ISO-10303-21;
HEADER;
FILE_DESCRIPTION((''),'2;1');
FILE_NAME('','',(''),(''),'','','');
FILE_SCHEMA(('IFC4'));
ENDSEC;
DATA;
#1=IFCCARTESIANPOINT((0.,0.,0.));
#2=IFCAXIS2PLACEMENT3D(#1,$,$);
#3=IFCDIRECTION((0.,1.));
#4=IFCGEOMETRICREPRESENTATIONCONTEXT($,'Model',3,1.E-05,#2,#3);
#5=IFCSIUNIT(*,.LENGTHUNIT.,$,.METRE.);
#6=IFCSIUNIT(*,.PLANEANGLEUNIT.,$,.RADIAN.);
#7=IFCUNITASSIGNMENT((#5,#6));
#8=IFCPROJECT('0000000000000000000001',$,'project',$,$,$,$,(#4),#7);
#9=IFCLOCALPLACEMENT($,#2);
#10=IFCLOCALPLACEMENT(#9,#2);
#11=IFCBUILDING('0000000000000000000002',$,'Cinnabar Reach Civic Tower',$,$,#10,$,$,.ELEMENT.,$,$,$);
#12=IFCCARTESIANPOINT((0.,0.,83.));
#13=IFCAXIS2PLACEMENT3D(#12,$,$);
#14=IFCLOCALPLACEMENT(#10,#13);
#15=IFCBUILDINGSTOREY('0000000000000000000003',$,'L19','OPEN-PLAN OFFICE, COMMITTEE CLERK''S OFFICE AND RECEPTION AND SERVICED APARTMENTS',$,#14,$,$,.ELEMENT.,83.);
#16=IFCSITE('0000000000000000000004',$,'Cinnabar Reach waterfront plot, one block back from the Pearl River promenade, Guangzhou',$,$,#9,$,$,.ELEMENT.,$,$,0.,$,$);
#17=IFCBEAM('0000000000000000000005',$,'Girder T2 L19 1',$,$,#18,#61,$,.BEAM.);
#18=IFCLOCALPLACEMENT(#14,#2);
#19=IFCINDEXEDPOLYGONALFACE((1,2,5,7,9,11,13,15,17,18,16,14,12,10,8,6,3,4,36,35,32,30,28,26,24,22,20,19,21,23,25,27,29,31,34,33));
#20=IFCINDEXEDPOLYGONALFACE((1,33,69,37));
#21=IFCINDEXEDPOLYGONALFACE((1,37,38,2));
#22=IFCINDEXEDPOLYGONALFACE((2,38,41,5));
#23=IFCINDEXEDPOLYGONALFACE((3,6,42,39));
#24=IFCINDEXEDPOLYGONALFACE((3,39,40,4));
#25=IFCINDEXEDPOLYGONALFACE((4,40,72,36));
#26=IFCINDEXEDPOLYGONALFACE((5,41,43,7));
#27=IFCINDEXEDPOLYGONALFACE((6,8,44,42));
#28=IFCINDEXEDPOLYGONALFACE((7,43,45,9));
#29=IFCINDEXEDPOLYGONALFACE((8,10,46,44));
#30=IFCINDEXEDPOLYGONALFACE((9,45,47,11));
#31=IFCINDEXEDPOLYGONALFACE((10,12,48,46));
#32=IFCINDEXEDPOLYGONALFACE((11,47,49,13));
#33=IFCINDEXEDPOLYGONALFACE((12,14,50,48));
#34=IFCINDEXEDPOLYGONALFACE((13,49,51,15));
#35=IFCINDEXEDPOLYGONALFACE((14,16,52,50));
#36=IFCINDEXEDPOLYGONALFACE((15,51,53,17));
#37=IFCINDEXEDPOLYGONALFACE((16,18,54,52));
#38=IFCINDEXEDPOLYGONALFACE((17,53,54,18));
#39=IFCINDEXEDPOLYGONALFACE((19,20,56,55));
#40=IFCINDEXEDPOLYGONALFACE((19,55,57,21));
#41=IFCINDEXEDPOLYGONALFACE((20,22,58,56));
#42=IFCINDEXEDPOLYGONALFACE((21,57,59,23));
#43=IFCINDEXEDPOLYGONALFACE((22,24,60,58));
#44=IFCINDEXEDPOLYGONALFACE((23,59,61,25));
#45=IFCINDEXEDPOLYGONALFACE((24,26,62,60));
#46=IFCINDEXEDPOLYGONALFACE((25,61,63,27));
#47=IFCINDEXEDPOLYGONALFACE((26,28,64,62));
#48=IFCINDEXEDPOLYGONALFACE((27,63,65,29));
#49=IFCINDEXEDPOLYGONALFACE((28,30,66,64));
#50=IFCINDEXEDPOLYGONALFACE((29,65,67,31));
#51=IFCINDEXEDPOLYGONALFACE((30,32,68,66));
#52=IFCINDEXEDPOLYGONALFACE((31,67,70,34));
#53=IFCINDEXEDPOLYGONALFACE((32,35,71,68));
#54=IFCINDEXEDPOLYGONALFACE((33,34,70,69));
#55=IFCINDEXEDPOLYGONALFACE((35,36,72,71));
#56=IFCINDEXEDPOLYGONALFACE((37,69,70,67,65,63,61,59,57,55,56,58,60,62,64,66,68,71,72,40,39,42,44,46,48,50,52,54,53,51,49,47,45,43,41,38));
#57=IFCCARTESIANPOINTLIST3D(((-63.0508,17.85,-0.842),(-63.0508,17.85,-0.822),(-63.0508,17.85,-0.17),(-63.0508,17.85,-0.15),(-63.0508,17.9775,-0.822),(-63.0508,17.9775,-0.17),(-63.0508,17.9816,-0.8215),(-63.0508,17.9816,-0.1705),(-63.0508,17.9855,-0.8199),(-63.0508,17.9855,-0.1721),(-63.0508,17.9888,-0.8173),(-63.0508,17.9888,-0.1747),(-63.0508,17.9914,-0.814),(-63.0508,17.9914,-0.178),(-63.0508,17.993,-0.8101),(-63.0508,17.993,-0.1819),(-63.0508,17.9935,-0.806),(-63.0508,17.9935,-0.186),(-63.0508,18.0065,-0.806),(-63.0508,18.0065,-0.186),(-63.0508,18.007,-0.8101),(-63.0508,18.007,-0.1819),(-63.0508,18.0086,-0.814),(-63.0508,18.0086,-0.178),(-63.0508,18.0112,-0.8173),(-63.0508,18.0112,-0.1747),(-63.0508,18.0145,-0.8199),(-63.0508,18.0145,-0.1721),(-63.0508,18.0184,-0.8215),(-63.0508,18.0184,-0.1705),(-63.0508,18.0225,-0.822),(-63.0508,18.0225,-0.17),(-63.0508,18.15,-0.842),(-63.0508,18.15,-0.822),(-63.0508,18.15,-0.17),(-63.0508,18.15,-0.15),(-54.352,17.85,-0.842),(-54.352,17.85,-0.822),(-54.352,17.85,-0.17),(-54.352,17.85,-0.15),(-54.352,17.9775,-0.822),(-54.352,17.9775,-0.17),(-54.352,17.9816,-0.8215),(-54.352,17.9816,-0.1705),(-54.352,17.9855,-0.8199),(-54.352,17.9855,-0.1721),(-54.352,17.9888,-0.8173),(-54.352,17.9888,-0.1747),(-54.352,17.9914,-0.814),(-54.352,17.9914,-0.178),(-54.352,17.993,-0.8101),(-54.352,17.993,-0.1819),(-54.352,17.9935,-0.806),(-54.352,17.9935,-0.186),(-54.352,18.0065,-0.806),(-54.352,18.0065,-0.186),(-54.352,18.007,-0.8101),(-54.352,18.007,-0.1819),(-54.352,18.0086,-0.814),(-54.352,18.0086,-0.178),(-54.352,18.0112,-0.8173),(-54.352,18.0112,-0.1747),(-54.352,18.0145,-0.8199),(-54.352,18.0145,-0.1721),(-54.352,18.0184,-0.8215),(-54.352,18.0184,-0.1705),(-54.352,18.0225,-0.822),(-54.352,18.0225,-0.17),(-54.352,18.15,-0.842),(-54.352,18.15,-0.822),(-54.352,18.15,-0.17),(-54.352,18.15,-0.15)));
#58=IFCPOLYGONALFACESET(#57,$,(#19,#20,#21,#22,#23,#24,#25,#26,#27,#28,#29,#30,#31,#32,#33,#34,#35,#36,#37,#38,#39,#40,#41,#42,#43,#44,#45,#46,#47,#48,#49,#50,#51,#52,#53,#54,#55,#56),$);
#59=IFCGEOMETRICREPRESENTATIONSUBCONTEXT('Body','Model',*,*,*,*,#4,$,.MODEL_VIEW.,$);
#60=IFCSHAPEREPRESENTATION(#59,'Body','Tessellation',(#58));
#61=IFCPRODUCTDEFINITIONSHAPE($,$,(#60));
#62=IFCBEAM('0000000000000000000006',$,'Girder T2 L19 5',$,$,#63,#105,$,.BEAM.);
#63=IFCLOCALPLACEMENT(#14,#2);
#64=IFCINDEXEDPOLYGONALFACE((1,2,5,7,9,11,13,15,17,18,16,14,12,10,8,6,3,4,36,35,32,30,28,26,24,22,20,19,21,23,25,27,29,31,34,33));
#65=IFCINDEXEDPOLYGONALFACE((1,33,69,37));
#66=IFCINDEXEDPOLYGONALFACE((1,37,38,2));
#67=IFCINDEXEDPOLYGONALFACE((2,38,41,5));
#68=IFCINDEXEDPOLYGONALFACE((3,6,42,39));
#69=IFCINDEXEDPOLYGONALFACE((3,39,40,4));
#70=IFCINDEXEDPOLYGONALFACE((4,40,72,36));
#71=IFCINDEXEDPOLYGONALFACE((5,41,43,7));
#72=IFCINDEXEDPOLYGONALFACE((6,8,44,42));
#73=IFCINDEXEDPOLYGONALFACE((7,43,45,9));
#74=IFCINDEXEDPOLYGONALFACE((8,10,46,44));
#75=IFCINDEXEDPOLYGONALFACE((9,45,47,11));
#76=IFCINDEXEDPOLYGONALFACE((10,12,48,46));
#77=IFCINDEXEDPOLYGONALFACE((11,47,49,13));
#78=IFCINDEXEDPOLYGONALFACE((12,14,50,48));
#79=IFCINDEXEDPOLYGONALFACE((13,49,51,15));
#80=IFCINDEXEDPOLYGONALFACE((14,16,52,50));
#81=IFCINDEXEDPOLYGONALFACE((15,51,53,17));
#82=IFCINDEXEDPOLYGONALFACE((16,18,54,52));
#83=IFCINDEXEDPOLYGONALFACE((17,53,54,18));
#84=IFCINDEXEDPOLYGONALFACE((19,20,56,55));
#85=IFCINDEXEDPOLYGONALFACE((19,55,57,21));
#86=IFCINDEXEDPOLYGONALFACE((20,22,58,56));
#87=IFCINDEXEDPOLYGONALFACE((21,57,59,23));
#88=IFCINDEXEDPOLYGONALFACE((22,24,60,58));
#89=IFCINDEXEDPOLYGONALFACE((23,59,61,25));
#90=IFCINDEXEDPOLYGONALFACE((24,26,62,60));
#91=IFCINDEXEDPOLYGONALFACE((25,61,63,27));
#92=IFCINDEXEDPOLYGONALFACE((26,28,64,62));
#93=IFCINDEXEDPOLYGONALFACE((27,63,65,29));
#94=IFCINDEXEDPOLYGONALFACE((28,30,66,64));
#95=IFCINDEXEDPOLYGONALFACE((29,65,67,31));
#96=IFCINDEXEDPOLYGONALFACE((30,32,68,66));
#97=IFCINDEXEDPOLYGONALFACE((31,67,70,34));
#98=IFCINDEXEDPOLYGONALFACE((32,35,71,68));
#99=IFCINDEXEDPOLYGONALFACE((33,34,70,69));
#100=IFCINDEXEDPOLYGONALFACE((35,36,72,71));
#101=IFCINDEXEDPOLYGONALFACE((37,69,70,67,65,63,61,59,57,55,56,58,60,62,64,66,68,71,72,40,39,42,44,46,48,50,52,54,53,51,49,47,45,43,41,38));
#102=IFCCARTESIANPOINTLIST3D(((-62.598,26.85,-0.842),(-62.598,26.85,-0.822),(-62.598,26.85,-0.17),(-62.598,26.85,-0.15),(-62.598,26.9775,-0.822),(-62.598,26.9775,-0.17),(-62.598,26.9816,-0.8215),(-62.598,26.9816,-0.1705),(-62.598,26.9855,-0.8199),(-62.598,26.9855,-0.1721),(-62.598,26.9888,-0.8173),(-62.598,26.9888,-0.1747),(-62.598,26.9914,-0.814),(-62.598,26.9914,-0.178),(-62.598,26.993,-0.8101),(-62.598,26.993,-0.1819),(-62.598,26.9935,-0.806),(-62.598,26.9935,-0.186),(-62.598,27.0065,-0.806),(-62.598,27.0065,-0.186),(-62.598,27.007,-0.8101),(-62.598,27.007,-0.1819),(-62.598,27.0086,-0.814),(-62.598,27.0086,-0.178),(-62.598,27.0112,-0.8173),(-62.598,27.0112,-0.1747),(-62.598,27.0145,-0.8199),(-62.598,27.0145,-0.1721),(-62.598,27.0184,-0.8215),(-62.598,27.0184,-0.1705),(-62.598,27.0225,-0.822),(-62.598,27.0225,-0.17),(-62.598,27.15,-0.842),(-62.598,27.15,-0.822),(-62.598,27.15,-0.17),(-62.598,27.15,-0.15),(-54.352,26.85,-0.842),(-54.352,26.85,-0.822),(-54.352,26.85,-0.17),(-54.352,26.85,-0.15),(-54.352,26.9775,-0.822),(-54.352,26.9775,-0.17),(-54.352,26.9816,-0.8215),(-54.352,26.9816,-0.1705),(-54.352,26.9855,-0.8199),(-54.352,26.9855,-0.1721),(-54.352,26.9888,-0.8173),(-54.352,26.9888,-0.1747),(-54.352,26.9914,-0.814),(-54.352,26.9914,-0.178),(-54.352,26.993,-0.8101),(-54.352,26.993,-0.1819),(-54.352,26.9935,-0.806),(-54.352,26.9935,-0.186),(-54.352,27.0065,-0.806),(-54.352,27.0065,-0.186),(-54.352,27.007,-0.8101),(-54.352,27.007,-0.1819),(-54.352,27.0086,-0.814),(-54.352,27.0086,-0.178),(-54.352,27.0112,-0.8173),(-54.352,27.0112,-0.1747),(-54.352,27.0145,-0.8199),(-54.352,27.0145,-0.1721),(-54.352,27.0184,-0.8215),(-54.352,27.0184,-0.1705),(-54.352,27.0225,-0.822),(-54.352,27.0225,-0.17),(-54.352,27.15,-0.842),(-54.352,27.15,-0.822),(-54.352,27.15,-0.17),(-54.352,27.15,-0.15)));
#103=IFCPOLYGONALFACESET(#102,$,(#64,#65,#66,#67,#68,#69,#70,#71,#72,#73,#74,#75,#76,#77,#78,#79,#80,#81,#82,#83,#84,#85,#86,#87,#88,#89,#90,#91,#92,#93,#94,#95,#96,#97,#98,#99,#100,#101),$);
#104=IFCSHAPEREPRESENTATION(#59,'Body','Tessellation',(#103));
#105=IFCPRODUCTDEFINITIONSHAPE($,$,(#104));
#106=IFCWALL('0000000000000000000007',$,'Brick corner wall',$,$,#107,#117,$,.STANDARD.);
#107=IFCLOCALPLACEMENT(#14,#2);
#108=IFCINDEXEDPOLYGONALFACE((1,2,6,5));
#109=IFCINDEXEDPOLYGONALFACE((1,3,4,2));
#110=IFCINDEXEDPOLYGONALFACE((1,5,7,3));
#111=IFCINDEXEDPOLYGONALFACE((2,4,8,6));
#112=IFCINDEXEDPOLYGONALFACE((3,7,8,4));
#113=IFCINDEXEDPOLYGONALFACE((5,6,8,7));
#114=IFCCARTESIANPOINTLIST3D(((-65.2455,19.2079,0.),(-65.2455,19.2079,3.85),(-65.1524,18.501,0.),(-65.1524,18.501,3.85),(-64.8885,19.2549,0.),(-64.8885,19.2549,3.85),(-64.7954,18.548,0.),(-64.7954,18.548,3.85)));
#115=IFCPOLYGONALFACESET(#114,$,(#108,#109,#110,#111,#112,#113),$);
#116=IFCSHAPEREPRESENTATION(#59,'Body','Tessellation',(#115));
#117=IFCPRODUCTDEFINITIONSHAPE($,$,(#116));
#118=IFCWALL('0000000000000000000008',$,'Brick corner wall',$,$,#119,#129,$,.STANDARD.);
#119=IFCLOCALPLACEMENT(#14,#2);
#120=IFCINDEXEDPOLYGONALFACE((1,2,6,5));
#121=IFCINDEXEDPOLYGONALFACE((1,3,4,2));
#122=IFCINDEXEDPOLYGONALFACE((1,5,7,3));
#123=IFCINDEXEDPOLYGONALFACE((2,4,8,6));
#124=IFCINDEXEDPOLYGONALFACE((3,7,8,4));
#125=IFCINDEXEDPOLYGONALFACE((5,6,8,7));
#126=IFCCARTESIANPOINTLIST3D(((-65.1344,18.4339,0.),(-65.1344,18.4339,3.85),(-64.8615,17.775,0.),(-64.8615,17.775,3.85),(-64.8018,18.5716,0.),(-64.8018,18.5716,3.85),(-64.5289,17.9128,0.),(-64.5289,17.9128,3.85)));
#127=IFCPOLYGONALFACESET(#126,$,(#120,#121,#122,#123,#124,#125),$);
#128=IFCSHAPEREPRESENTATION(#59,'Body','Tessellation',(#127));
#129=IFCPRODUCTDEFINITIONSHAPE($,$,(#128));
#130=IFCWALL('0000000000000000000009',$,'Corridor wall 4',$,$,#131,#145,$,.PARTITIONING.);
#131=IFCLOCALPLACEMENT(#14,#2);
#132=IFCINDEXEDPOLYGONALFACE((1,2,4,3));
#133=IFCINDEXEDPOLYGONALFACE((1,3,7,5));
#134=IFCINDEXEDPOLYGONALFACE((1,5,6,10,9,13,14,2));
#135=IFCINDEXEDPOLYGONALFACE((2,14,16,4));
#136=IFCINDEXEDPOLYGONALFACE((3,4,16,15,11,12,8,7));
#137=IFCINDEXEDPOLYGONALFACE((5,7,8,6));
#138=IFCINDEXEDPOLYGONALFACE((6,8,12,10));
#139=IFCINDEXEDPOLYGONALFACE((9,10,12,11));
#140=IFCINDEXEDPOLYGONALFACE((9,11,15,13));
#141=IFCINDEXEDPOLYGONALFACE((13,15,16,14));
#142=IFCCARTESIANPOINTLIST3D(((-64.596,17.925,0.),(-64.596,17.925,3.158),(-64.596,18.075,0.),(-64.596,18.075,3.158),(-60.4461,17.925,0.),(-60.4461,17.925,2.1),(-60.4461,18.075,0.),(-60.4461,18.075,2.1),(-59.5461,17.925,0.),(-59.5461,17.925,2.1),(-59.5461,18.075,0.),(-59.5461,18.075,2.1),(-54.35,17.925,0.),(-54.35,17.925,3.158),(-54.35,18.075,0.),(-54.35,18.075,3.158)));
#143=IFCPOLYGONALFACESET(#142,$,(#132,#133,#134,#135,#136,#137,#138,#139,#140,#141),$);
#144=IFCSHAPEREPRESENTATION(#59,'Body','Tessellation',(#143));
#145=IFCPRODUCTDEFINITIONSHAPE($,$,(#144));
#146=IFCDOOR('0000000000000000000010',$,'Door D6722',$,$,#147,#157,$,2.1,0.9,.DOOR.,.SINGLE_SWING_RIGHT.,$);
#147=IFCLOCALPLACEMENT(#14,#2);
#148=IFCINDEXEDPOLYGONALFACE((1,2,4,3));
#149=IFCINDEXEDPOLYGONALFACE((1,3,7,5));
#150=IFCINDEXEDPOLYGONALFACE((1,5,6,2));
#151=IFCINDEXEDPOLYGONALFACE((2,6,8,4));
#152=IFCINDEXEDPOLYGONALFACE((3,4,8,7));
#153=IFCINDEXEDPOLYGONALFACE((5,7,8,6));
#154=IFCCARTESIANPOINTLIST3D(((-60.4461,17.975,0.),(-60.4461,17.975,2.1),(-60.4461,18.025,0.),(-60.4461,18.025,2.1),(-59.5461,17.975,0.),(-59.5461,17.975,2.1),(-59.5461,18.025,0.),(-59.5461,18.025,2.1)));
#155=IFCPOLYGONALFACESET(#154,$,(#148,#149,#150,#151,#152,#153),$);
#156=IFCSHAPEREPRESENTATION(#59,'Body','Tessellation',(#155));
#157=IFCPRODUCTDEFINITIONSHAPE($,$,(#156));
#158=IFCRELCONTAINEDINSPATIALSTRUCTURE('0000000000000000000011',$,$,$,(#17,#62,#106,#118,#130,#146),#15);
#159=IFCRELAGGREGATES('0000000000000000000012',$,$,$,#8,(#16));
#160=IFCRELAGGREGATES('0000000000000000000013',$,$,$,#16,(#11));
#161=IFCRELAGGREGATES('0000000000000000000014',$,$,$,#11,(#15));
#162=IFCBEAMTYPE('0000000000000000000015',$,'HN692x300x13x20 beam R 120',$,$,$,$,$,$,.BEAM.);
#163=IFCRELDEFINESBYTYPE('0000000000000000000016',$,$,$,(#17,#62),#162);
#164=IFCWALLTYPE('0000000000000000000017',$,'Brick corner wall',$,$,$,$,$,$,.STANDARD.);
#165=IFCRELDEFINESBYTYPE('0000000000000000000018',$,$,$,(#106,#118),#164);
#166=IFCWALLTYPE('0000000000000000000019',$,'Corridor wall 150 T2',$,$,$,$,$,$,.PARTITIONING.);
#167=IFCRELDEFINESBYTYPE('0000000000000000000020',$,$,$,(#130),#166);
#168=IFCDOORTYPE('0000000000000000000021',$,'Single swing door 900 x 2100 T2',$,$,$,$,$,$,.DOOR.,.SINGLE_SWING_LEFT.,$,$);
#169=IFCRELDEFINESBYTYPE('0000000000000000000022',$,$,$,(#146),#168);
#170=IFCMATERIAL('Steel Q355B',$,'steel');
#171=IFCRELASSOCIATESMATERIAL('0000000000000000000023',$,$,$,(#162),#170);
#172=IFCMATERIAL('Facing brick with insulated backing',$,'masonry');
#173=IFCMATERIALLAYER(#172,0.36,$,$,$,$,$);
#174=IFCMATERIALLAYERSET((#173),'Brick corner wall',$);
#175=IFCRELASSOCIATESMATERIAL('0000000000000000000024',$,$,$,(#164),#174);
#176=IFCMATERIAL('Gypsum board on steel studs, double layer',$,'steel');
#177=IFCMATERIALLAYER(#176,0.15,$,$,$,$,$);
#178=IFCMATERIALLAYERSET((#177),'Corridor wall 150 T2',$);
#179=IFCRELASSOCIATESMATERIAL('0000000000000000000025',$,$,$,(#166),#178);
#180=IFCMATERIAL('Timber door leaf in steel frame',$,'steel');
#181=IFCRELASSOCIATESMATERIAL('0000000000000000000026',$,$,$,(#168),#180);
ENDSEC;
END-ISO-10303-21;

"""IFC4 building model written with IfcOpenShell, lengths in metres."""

from ifc_helpers import new_model, si_unit, direction, frame, frame_2d, origin, origin_2d, place, context, subcontext, project, spatial, rectangle, i_section, extrude, material, layer, layer_set, material_profile, profile_set, type_object, element, fill, save


model = new_model("IFC4")

# Units and contexts
model_context = context("Model", 3, precision=1e-05, world=origin(), true_north=direction((0.0, 1.0)))
body_context = subcontext(model_context, "Body", "Model", "MODEL_VIEW")
ifc_project = project(units=[si_unit("LENGTHUNIT", "METRE"), si_unit("PLANEANGLEUNIT", "RADIAN")], contexts=[model_context])

# Site, building, storey
site_placement = place(None, origin())
site = spatial("IfcSite", under=ifc_project, at=site_placement, Name="Cinnabar Reach waterfront plot, one block back from the Pearl River promenade, Guangzhou", CompositionType="ELEMENT", RefElevation=0.0)
building_placement = place(site_placement, origin())
building = spatial("IfcBuilding", under=site, at=building_placement, Name="Cinnabar Reach Civic Tower", CompositionType="ELEMENT")
storey_placement = place(building_placement, frame((0.0, 0.0, 83.0)))
storey = spatial("IfcBuildingStorey", under=building, at=storey_placement, Name="L19", Description="OPEN-PLAN OFFICE, COMMITTEE CLERK'S OFFICE AND RECEPTION AND SERVICED APARTMENTS", CompositionType="ELEMENT", Elevation=83.0)

# Beams
ifc_material_1 = material(Name="Steel Q355B", Category="steel")
ifc_material_profile_1 = material_profile(ifc_material_1, i_section(OverallWidth=0.3, OverallDepth=0.692, WebThickness=0.013, FlangeThickness=0.02, FilletRadius=0.016, at=origin_2d()), Name="HN692x300x13x20")
ifc_profile_set_1 = profile_set([ifc_material_profile_1], Name="Steel Q355B")
beam_type_1 = type_object("IfcBeamType", Name="HN692x300x13x20 beam R 120", PredefinedType="BEAM", material=ifc_profile_set_1)
beam_1_placement = place(storey_placement, frame((-63.0508, 18.0, -0.496), z_axis=(1.0, 0.0, 0.0), x_axis=(0.0, 1.0, 0.0)))
element("IfcBeam", 1, at=beam_1_placement, inside=storey, type_object=beam_type_1, Name="Girder T2 L19 1", PredefinedType="BEAM", context=body_context, shape_type="SweptSolid", body=[
    extrude(i_section(OverallWidth=0.3, OverallDepth=0.692, WebThickness=0.013, FlangeThickness=0.02, FilletRadius=0.016, at=origin_2d()), origin(), (0.0, 0.0, 1.0), 8.6988),
])
beam_2_placement = place(storey_placement, frame((-62.598, 27.0, -0.496), z_axis=(1.0, 0.0, 0.0), x_axis=(0.0, 1.0, 0.0)))
element("IfcBeam", 2, at=beam_2_placement, inside=storey, type_object=beam_type_1, Name="Girder T2 L19 5", PredefinedType="BEAM", context=body_context, shape_type="SweptSolid", body=[
    extrude(i_section(OverallWidth=0.3, OverallDepth=0.692, WebThickness=0.013, FlangeThickness=0.02, FilletRadius=0.016, at=origin_2d()), origin(), (0.0, 0.0, 1.0), 8.246),
])

# Walls
ifc_material_2 = material(Name="Facing brick with insulated backing", Category="masonry")
ifc_layer_1 = layer(ifc_material_2, 0.36)
ifc_layer_set_1 = layer_set([ifc_layer_1], Name="Brick corner wall")
wall_type_1 = type_object("IfcWallType", Name="Brick corner wall", PredefinedType="STANDARD", material=ifc_layer_set_1)
for number, where, z_axis, x_axis, name in (
    (3, (-65.067, 19.2314, 0.0), (0.0, 0.0, 1.0), (0.130556, -0.991441, 0.0), "Brick corner wall"),
    (4, (-64.9681, 18.5027, 0.0), (0.0, 0.0, 1.0), (0.382703, -0.923872, 0.0), "Brick corner wall"),
):
    element("IfcWall", number, at=place(storey_placement, frame(where, z_axis=z_axis, x_axis=x_axis)), inside=storey, type_object=wall_type_1, Name=name, PredefinedType="STANDARD", context=body_context, shape_type="SweptSolid", body=[
        extrude(rectangle(XDim=0.7131, YDim=0.36, at=frame_2d((0.3565, 0.0))), origin(), (0.0, 0.0, 1.0), 3.85),
    ])

# Wall, opening, door
ifc_material_3 = material(Name="Gypsum board on steel studs, double layer", Category="steel")
ifc_layer_2 = layer(ifc_material_3, 0.15)
ifc_layer_set_2 = layer_set([ifc_layer_2], Name="Corridor wall 150 T2")
wall_type_2 = type_object("IfcWallType", Name="Corridor wall 150 T2", PredefinedType="PARTITIONING", material=ifc_layer_set_2)
wall_1_placement = place(storey_placement, frame((-64.5961, 18.0, 0.0), z_axis=(0.0, 0.0, 1.0), x_axis=(1.0, 0.0, 0.0)))
wall_1 = element("IfcWall", 5, at=wall_1_placement, inside=storey, type_object=wall_type_2, Name="Corridor wall 4", PredefinedType="PARTITIONING", context=body_context, shape_type="SweptSolid", body=[
    extrude(rectangle(XDim=10.2461, YDim=0.15, at=frame_2d((5.1231, 0.0))), origin(), (0.0, 0.0, 1.0), 3.158),
])
opening_1_placement = place(wall_1_placement, frame((4.15, 0.0, 0.0)))
opening_1 = element("IfcOpeningElement", 6, at=opening_1_placement, cuts=wall_1, PredefinedType="OPENING", context=body_context, shape_type="SweptSolid", body=[
    extrude(rectangle(XDim=0.9, YDim=2.1, at=frame_2d((0.45, 1.05))), frame((0.0, 0.085, 0.0), z_axis=(0.0, -1.0, 0.0), x_axis=(1.0, 0.0, 0.0)), (0.0, 0.0, 1.0), 0.17),
])
ifc_material_4 = material(Name="Timber door leaf in steel frame", Category="steel")
door_type = type_object("IfcDoorType", Name="Single swing door 900 x 2100 T2", OperationType="SINGLE_SWING_LEFT", PredefinedType="DOOR", material=ifc_material_4)
door_1_placement = place(opening_1_placement, frame((0.9, 0.0, 0.0), z_axis=(0.0, 0.0, 1.0), x_axis=(-1.0, 0.0, 0.0)))
door_1 = element("IfcDoor", 7, at=door_1_placement, inside=storey, type_object=door_type, Name="Door D6722", OperationType="SINGLE_SWING_RIGHT", OverallHeight=2.1, OverallWidth=0.9, PredefinedType="DOOR", context=body_context, shape_type="SweptSolid", body=[
    extrude(rectangle(XDim=0.9, YDim=2.1, at=frame_2d((0.45, 1.05))), frame((0.0, 0.025, 0.0), z_axis=(0.0, -1.0, 0.0), x_axis=(1.0, 0.0, 0.0)), (0.0, 0.0, 1.0), 0.05),
])
fill(opening_1, door_1)

save(model, "model.ifc")
